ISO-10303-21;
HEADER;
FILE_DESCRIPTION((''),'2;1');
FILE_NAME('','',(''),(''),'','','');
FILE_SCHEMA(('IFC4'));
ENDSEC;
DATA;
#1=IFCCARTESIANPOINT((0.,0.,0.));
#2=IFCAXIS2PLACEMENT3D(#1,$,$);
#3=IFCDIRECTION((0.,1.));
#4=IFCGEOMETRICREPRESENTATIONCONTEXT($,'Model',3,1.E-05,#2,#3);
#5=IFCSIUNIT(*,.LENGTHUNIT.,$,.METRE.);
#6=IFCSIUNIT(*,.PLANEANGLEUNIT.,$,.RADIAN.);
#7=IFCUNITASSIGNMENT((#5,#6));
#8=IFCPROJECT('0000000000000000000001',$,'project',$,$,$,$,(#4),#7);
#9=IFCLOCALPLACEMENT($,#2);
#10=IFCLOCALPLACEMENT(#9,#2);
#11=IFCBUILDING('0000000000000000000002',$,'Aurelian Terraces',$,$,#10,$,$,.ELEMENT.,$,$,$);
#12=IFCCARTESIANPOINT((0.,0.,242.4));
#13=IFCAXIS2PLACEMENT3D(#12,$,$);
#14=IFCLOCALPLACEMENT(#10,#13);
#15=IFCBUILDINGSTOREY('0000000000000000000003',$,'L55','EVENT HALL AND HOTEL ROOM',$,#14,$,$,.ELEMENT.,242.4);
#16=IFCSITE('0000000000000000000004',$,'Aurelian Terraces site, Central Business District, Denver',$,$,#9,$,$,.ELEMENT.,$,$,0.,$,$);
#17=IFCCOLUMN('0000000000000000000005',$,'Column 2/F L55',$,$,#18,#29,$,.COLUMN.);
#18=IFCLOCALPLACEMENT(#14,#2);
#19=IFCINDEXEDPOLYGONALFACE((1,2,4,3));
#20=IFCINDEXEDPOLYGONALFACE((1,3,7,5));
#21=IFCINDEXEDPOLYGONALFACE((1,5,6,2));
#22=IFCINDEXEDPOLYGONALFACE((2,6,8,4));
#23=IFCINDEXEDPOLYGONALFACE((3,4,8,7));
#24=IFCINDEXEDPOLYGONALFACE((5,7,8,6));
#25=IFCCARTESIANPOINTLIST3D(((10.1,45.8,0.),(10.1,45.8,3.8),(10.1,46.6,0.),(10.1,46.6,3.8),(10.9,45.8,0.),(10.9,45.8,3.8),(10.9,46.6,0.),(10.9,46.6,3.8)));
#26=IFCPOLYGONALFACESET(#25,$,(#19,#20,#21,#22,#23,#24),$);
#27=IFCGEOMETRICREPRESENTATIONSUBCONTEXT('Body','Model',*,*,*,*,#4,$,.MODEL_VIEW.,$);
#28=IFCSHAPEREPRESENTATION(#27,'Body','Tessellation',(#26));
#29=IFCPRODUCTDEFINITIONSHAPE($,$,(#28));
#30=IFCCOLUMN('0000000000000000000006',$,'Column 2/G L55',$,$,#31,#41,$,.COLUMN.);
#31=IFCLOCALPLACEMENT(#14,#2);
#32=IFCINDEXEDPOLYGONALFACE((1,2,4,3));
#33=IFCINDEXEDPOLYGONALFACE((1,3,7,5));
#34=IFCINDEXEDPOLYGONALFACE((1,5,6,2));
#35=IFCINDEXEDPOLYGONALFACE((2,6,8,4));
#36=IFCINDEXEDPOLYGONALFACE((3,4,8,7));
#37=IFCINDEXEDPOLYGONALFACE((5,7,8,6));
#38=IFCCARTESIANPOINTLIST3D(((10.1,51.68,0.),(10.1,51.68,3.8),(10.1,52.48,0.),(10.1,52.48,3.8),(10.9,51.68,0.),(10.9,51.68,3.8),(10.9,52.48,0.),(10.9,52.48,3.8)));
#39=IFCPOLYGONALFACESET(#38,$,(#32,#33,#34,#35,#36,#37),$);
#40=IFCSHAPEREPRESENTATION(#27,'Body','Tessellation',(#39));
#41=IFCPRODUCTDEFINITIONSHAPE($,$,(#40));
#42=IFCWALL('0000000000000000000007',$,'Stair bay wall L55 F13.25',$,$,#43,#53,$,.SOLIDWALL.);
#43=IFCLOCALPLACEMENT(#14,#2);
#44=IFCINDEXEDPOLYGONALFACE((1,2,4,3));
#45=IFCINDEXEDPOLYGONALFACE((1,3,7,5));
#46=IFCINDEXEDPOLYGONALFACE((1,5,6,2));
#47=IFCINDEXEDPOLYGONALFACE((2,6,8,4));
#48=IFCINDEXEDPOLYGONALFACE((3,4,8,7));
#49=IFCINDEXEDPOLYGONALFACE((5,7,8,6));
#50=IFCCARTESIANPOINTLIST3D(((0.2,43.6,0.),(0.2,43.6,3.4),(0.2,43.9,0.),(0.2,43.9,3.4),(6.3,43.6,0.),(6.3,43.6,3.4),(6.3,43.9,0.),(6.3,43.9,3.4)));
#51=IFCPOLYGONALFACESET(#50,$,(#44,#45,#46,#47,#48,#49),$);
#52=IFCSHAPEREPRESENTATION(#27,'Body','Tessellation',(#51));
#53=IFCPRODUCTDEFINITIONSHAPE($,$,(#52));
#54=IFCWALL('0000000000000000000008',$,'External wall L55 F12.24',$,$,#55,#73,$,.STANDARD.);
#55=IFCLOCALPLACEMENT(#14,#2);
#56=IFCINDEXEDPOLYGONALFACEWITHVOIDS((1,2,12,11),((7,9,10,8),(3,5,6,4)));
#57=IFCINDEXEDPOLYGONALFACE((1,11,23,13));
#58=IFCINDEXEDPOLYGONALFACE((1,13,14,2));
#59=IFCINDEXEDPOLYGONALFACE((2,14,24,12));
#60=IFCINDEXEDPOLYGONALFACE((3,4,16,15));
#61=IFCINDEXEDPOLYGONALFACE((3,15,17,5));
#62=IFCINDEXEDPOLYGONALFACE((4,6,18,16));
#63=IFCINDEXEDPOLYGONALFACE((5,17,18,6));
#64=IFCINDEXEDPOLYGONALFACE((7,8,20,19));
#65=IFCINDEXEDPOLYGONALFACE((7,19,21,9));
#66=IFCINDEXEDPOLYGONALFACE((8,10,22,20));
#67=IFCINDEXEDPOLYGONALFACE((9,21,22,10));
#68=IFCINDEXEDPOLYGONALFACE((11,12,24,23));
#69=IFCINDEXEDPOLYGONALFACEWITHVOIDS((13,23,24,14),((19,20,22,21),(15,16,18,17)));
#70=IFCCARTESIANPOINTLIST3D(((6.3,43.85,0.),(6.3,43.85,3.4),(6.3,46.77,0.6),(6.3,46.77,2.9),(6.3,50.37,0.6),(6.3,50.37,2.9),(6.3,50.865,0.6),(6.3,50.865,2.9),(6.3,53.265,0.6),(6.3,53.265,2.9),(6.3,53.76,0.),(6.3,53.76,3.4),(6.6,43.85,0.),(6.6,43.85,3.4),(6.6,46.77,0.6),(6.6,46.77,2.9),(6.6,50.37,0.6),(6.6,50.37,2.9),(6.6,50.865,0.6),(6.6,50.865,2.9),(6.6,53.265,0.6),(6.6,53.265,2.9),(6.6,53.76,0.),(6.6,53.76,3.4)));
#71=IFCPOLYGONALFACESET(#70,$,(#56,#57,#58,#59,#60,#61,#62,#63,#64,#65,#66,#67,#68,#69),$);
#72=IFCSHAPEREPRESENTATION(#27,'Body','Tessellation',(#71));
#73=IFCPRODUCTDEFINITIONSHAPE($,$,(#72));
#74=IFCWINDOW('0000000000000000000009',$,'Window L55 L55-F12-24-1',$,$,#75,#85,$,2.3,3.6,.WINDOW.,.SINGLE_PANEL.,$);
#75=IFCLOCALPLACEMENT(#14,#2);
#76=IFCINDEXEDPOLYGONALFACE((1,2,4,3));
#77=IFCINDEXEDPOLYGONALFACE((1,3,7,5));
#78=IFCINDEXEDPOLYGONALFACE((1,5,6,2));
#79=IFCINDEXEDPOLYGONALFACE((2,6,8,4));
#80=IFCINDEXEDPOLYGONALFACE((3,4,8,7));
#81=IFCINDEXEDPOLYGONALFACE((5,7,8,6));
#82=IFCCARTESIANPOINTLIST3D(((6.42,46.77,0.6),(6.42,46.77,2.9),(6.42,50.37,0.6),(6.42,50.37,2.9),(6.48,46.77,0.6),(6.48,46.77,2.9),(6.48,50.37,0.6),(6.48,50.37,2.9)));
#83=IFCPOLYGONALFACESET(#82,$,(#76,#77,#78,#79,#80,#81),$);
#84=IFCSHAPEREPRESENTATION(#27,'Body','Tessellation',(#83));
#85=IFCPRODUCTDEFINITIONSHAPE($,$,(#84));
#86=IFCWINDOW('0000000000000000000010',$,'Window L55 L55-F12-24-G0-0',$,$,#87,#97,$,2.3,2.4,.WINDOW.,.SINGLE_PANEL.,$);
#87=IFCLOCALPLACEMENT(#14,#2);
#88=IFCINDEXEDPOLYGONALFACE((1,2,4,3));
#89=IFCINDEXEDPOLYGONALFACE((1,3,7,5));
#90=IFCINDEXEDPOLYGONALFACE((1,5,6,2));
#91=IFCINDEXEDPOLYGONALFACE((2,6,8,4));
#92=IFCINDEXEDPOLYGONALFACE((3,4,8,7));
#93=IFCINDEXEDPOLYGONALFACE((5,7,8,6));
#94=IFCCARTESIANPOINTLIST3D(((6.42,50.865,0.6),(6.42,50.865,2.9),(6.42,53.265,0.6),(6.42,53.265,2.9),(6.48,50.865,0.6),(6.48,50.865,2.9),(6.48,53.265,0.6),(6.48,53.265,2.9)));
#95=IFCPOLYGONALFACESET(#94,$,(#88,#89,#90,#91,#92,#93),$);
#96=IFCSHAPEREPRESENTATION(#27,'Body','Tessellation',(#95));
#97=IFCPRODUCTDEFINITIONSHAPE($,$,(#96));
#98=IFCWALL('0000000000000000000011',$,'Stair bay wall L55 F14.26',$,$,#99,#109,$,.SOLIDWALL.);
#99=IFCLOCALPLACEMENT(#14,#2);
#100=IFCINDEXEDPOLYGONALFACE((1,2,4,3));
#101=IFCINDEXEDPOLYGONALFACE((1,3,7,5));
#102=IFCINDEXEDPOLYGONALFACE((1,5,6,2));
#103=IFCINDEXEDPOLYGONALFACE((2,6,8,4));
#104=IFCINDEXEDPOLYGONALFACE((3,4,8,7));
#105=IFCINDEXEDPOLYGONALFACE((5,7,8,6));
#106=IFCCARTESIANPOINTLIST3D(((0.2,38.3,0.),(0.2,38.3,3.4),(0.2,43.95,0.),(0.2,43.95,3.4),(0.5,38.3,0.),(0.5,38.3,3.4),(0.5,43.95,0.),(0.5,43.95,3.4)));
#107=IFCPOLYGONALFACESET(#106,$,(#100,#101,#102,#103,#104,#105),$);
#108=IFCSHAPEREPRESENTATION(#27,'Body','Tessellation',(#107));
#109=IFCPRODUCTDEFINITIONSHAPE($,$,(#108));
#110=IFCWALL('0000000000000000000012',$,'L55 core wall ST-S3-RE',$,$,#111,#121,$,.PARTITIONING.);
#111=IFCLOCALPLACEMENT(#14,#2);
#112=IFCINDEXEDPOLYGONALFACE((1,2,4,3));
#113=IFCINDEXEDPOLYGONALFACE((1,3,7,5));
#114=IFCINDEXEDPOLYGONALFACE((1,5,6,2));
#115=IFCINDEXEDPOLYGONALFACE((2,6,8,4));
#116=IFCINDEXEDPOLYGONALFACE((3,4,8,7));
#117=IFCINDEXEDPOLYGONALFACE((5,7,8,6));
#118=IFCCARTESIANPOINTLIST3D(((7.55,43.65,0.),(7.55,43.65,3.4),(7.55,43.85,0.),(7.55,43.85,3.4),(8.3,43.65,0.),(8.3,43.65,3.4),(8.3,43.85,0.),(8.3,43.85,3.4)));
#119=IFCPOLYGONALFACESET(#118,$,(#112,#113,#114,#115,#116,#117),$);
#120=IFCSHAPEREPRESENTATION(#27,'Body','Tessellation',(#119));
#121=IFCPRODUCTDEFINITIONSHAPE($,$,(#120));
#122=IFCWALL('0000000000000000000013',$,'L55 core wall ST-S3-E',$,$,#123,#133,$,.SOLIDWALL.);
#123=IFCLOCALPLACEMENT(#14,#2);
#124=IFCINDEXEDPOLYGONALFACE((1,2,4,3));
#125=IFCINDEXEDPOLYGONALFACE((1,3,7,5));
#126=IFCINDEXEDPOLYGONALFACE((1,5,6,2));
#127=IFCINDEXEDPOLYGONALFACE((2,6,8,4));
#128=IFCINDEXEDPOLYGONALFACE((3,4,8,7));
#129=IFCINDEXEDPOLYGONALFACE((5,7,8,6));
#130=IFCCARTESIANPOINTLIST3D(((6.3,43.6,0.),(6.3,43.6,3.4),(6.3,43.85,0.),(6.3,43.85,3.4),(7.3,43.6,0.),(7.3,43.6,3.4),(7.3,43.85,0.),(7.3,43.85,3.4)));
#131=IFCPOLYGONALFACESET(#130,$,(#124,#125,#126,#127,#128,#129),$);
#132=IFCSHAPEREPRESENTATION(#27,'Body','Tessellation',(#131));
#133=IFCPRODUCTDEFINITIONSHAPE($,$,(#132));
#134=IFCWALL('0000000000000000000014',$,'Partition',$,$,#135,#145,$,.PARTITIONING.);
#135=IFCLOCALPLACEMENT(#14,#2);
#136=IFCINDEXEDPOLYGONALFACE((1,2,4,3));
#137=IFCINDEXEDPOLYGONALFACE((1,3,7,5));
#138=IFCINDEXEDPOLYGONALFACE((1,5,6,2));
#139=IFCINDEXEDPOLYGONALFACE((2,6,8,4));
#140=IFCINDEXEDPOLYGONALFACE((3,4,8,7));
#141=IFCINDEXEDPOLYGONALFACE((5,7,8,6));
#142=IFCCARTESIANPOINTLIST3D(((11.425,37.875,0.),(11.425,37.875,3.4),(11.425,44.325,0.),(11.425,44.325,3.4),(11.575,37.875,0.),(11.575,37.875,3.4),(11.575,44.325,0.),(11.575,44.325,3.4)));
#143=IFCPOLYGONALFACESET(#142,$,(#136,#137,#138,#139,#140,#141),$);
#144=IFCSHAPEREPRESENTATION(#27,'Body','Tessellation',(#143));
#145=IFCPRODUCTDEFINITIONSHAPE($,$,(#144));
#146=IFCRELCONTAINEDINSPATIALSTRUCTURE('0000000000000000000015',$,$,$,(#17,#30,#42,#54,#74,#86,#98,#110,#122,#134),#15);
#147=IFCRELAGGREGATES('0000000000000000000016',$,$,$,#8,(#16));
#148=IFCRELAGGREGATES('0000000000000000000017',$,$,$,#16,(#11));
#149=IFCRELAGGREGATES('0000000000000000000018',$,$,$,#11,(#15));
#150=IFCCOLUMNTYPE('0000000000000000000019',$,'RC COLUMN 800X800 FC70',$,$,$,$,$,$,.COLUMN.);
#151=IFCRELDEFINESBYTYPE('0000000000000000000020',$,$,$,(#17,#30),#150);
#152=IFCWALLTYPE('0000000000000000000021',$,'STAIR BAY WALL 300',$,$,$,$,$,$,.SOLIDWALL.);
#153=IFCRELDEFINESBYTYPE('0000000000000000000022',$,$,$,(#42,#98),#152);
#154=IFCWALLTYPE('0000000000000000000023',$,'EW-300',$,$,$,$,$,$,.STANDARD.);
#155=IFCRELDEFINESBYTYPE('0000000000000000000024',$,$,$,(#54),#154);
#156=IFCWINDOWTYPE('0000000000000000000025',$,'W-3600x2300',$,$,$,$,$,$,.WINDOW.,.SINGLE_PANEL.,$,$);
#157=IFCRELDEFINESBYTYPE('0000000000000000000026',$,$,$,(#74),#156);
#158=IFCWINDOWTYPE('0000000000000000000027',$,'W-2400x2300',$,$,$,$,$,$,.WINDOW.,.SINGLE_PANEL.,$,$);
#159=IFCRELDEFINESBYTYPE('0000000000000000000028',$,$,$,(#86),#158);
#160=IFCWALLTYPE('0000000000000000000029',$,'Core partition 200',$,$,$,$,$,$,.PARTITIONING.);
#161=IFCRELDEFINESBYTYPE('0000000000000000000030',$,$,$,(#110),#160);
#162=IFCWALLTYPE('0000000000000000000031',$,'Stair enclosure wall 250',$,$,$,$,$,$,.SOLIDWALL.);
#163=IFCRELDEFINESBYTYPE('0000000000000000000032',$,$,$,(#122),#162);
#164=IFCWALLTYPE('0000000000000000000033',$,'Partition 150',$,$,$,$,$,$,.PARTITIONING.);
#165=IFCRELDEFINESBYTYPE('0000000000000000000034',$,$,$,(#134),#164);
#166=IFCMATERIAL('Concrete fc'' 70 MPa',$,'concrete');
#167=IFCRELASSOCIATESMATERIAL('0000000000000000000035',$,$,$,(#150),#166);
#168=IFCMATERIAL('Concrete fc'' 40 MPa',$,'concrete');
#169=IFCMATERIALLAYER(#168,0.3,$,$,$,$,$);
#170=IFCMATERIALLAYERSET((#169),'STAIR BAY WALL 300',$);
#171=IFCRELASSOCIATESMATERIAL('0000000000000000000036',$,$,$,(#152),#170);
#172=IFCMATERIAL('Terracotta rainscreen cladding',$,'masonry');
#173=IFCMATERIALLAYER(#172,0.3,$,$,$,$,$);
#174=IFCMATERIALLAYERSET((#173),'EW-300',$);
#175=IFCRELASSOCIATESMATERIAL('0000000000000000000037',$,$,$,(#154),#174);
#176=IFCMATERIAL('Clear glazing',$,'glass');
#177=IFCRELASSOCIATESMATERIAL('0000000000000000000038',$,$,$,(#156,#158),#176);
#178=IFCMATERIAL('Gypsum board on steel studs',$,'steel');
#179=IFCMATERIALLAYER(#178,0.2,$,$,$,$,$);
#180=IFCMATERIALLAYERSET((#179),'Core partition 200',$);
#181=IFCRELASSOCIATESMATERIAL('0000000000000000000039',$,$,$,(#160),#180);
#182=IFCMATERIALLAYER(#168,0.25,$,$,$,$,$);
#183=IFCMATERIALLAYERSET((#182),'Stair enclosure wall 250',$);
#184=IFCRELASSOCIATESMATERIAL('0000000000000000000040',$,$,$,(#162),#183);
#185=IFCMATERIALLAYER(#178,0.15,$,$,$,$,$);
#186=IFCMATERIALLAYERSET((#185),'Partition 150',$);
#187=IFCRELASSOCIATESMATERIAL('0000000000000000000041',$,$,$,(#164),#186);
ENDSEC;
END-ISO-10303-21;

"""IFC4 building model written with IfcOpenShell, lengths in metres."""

from ifc_helpers import new_model, si_unit, direction, frame, frame_2d, origin, origin_2d, place, context, subcontext, project, spatial, rectangle, extrude, source, transform, mapped, material, layer, layer_set, material_profile, profile_set, type_object, element, fill, save


model = new_model("IFC4")

# Units and contexts
model_context = context("Model", 3, precision=1e-05, world=origin(), true_north=direction((0.0, 1.0)))
body_context = subcontext(model_context, "Body", "Model", "MODEL_VIEW")
ifc_project = project(units=[si_unit("LENGTHUNIT", "METRE"), si_unit("PLANEANGLEUNIT", "RADIAN")], contexts=[model_context])

# Site, building, storey
site_placement = place(None, origin())
site = spatial("IfcSite", under=ifc_project, at=site_placement, Name="Aurelian Terraces site, Central Business District, Denver", CompositionType="ELEMENT", RefElevation=0.0)
building_placement = place(site_placement, origin())
building = spatial("IfcBuilding", under=site, at=building_placement, Name="Aurelian Terraces", CompositionType="ELEMENT")
storey_placement = place(building_placement, frame((0.0, 0.0, 242.4)))
storey = spatial("IfcBuildingStorey", under=building, at=storey_placement, Name="L55", Description="EVENT HALL AND HOTEL ROOM", CompositionType="ELEMENT", Elevation=242.4)

# Columns
ifc_material_1 = material(Name="Concrete fc' 70 MPa", Category="concrete")
ifc_material_profile = material_profile(ifc_material_1, rectangle(XDim=0.8, YDim=0.8, at=origin_2d()))
ifc_profile_set = profile_set([ifc_material_profile], Name="Concrete fc' 70 MPa")
column_type = type_object("IfcColumnType", Name="RC COLUMN 800X800 FC70", PredefinedType="COLUMN", material=ifc_profile_set)
shared_shape_1 = source(origin(), body_context, "Body", "SweptSolid", [
    extrude(rectangle(XDim=0.8, YDim=0.8, at=origin_2d()), origin(), (0.0, 0.0, 1.0), 3.8),
])
for number, where, z_axis, x_axis, name in (
    (1, (10.5, 46.2, 0.0), (0.0, 0.0, 1.0), (1.0, 0.0, 0.0), "Column 2/F L55"),
    (2, (10.5, 52.08, 0.0), (0.0, 0.0, 1.0), (1.0, 0.0, 0.0), "Column 2/G L55"),
):
    element("IfcColumn", number, at=place(storey_placement, frame(where, z_axis=z_axis, x_axis=x_axis)), inside=storey, type_object=column_type, Name=name, PredefinedType="COLUMN", context=body_context, shape_type="MappedRepresentation", body=[
        mapped(shared_shape_1, transform((0.0, 0.0, 0.0), scale=1.0)),
    ])

# Wall
ifc_material_2 = material(Name="Concrete fc' 40 MPa", Category="concrete")
ifc_layer_1 = layer(ifc_material_2, 0.3)
ifc_layer_set_1 = layer_set([ifc_layer_1], Name="STAIR BAY WALL 300")
wall_type_1 = type_object("IfcWallType", Name="STAIR BAY WALL 300", PredefinedType="SOLIDWALL", material=ifc_layer_set_1)
shared_shape_2 = source(origin(), body_context, "Body", "SweptSolid", [
    extrude(rectangle(XDim=6.1, YDim=0.3, at=frame_2d((3.05, 0.0))), origin(), (0.0, 0.0, 1.0), 3.4),
])
wall_1_placement = place(storey_placement, frame((6.3, 43.75, 0.0), z_axis=(0.0, 0.0, 1.0), x_axis=(-1.0, 0.0, 0.0)))
element("IfcWall", 3, at=wall_1_placement, inside=storey, type_object=wall_type_1, Name="Stair bay wall L55 F13.25", PredefinedType="SOLIDWALL", context=body_context, shape_type="MappedRepresentation", body=[
    mapped(shared_shape_2, transform((0.0, 0.0, 0.0), scale=1.0)),
])

# Wall, openings, windows
ifc_material_3 = material(Name="Terracotta rainscreen cladding", Category="masonry")
ifc_layer_2 = layer(ifc_material_3, 0.3)
ifc_layer_set_2 = layer_set([ifc_layer_2], Name="EW-300")
wall_type_2 = type_object("IfcWallType", Name="EW-300", PredefinedType="STANDARD", material=ifc_layer_set_2)
shared_shape_3 = source(origin(), body_context, "Body", "SweptSolid", [
    extrude(rectangle(XDim=9.91, YDim=0.3, at=frame_2d((4.955, 0.0))), origin(), (0.0, 0.0, 1.0), 3.4),
])
wall_2_placement = place(storey_placement, frame((6.45, 53.76, 0.0), z_axis=(0.0, 0.0, 1.0), x_axis=(0.0, -1.0, 0.0)))
wall_2 = element("IfcWall", 4, at=wall_2_placement, inside=storey, type_object=wall_type_2, Name="External wall L55 F12.24", PredefinedType="STANDARD", context=body_context, shape_type="MappedRepresentation", body=[
    mapped(shared_shape_3, transform((0.0, 0.0, 0.0), scale=1.0)),
])
shared_shape_4 = source(origin(), body_context, "Body", "SweptSolid", [
    extrude(rectangle(XDim=3.6, YDim=2.3, at=frame_2d((1.8, 1.15))), frame((0.0, 0.16, 0.0), z_axis=(0.0, -1.0, 0.0), x_axis=(1.0, 0.0, 0.0)), (0.0, 0.0, 1.0), 0.32),
])
opening_1_placement = place(wall_2_placement, frame((3.39, 0.0, 0.6)))
opening_1 = element("IfcOpeningElement", 5, at=opening_1_placement, cuts=wall_2, PredefinedType="OPENING", context=body_context, shape_type="MappedRepresentation", body=[
    mapped(shared_shape_4, transform((0.0, 0.0, 0.0), scale=1.0)),
])
shared_shape_5 = source(origin(), body_context, "Body", "SweptSolid", [
    extrude(rectangle(XDim=2.4, YDim=2.3, at=frame_2d((1.2, 1.15))), frame((0.0, 0.16, 0.0), z_axis=(0.0, -1.0, 0.0), x_axis=(1.0, 0.0, 0.0)), (0.0, 0.0, 1.0), 0.32),
])
opening_2_placement = place(wall_2_placement, frame((0.495, 0.0, 0.6)))
opening_2 = element("IfcOpeningElement", 6, at=opening_2_placement, cuts=wall_2, PredefinedType="OPENING", context=body_context, shape_type="MappedRepresentation", body=[
    mapped(shared_shape_5, transform((0.0, 0.0, 0.0), scale=1.0)),
])
ifc_material_4 = material(Name="Clear glazing", Category="glass")
window_type_1 = type_object("IfcWindowType", Name="W-3600x2300", PartitioningType="SINGLE_PANEL", PredefinedType="WINDOW", material=ifc_material_4)
shared_shape_6 = source(origin(), body_context, "Body", "SweptSolid", [
    extrude(rectangle(XDim=3.6, YDim=2.3, at=frame_2d((1.8, 1.15))), frame((0.0, 0.03, 0.0), z_axis=(0.0, -1.0, 0.0), x_axis=(1.0, 0.0, 0.0)), (0.0, 0.0, 1.0), 0.06),
])
window_1_placement = place(opening_1_placement, origin())
window_1 = element("IfcWindow", 7, at=window_1_placement, inside=storey, type_object=window_type_1, Name="Window L55 L55-F12-24-1", OverallHeight=2.3, OverallWidth=3.6, PartitioningType="SINGLE_PANEL", PredefinedType="WINDOW", context=body_context, shape_type="MappedRepresentation", body=[
    mapped(shared_shape_6, transform((0.0, 0.0, 0.0), scale=1.0)),
])
fill(opening_1, window_1)
window_type_2 = type_object("IfcWindowType", Name="W-2400x2300", PartitioningType="SINGLE_PANEL", PredefinedType="WINDOW", material=ifc_material_4)
shared_shape_7 = source(origin(), body_context, "Body", "SweptSolid", [
    extrude(rectangle(XDim=2.4, YDim=2.3, at=frame_2d((1.2, 1.15))), frame((0.0, 0.03, 0.0), z_axis=(0.0, -1.0, 0.0), x_axis=(1.0, 0.0, 0.0)), (0.0, 0.0, 1.0), 0.06),
])
window_2_placement = place(opening_2_placement, origin())
window_2 = element("IfcWindow", 8, at=window_2_placement, inside=storey, type_object=window_type_2, Name="Window L55 L55-F12-24-G0-0", OverallHeight=2.3, OverallWidth=2.4, PartitioningType="SINGLE_PANEL", PredefinedType="WINDOW", context=body_context, shape_type="MappedRepresentation", body=[
    mapped(shared_shape_7, transform((0.0, 0.0, 0.0), scale=1.0)),
])
fill(opening_2, window_2)

# Walls
shared_shape_8 = source(origin(), body_context, "Body", "SweptSolid", [
    extrude(rectangle(XDim=5.65, YDim=0.3, at=frame_2d((2.825, 0.0))), origin(), (0.0, 0.0, 1.0), 3.4),
])
wall_3_placement = place(storey_placement, frame((0.35, 43.95, 0.0), z_axis=(0.0, 0.0, 1.0), x_axis=(0.0, -1.0, 0.0)))
element("IfcWall", 9, at=wall_3_placement, inside=storey, type_object=wall_type_1, Name="Stair bay wall L55 F14.26", PredefinedType="SOLIDWALL", context=body_context, shape_type="MappedRepresentation", body=[
    mapped(shared_shape_8, transform((0.0, 0.0, 0.0), scale=1.0)),
])
ifc_material_5 = material(Name="Gypsum board on steel studs", Category="steel")
ifc_layer_3 = layer(ifc_material_5, 0.2)
ifc_layer_set_3 = layer_set([ifc_layer_3], Name="Core partition 200")
wall_type_3 = type_object("IfcWallType", Name="Core partition 200", PredefinedType="PARTITIONING", material=ifc_layer_set_3)
shared_shape_9 = source(origin(), body_context, "Body", "SweptSolid", [
    extrude(rectangle(XDim=0.75, YDim=0.2, at=frame_2d((0.375, 0.0))), origin(), (0.0, 0.0, 1.0), 3.4),
])
wall_4_placement = place(storey_placement, frame((7.55, 43.75, 0.0), z_axis=(0.0, 0.0, 1.0), x_axis=(1.0, 0.0, 0.0)))
element("IfcWall", 10, at=wall_4_placement, inside=storey, type_object=wall_type_3, Name="L55 core wall ST-S3-RE", PredefinedType="PARTITIONING", context=body_context, shape_type="MappedRepresentation", body=[
    mapped(shared_shape_9, transform((0.0, 0.0, 0.0), scale=1.0)),
])
ifc_layer_4 = layer(ifc_material_2, 0.25)
ifc_layer_set_4 = layer_set([ifc_layer_4], Name="Stair enclosure wall 250")
wall_type_4 = type_object("IfcWallType", Name="Stair enclosure wall 250", PredefinedType="SOLIDWALL", material=ifc_layer_set_4)
shared_shape_10 = source(origin(), body_context, "Body", "SweptSolid", [
    extrude(rectangle(XDim=1.0, YDim=0.25, at=frame_2d((0.5, 0.0))), origin(), (0.0, 0.0, 1.0), 3.4),
])
wall_5_placement = place(storey_placement, frame((6.3, 43.725, 0.0), z_axis=(0.0, 0.0, 1.0), x_axis=(1.0, 0.0, 0.0)))
element("IfcWall", 11, at=wall_5_placement, inside=storey, type_object=wall_type_4, Name="L55 core wall ST-S3-E", PredefinedType="SOLIDWALL", context=body_context, shape_type="MappedRepresentation", body=[
    mapped(shared_shape_10, transform((0.0, 0.0, 0.0), scale=1.0)),
])
ifc_layer_5 = layer(ifc_material_5, 0.15)
ifc_layer_set_5 = layer_set([ifc_layer_5], Name="Partition 150")
wall_type_5 = type_object("IfcWallType", Name="Partition 150", PredefinedType="PARTITIONING", material=ifc_layer_set_5)
shared_shape_11 = source(origin(), body_context, "Body", "SweptSolid", [
    extrude(rectangle(XDim=6.45, YDim=0.15, at=frame_2d((3.225, 0.0))), origin(), (0.0, 0.0, 1.0), 3.4),
])
wall_6_placement = place(storey_placement, frame((11.5, 44.325, 0.0), z_axis=(0.0, 0.0, 1.0), x_axis=(0.0, -1.0, 0.0)))
element("IfcWall", 12, at=wall_6_placement, inside=storey, type_object=wall_type_5, Name="Partition", PredefinedType="PARTITIONING", context=body_context, shape_type="MappedRepresentation", body=[
    mapped(shared_shape_11, transform((0.0, 0.0, 0.0), scale=1.0)),
])

save(model, "model.ifc")
